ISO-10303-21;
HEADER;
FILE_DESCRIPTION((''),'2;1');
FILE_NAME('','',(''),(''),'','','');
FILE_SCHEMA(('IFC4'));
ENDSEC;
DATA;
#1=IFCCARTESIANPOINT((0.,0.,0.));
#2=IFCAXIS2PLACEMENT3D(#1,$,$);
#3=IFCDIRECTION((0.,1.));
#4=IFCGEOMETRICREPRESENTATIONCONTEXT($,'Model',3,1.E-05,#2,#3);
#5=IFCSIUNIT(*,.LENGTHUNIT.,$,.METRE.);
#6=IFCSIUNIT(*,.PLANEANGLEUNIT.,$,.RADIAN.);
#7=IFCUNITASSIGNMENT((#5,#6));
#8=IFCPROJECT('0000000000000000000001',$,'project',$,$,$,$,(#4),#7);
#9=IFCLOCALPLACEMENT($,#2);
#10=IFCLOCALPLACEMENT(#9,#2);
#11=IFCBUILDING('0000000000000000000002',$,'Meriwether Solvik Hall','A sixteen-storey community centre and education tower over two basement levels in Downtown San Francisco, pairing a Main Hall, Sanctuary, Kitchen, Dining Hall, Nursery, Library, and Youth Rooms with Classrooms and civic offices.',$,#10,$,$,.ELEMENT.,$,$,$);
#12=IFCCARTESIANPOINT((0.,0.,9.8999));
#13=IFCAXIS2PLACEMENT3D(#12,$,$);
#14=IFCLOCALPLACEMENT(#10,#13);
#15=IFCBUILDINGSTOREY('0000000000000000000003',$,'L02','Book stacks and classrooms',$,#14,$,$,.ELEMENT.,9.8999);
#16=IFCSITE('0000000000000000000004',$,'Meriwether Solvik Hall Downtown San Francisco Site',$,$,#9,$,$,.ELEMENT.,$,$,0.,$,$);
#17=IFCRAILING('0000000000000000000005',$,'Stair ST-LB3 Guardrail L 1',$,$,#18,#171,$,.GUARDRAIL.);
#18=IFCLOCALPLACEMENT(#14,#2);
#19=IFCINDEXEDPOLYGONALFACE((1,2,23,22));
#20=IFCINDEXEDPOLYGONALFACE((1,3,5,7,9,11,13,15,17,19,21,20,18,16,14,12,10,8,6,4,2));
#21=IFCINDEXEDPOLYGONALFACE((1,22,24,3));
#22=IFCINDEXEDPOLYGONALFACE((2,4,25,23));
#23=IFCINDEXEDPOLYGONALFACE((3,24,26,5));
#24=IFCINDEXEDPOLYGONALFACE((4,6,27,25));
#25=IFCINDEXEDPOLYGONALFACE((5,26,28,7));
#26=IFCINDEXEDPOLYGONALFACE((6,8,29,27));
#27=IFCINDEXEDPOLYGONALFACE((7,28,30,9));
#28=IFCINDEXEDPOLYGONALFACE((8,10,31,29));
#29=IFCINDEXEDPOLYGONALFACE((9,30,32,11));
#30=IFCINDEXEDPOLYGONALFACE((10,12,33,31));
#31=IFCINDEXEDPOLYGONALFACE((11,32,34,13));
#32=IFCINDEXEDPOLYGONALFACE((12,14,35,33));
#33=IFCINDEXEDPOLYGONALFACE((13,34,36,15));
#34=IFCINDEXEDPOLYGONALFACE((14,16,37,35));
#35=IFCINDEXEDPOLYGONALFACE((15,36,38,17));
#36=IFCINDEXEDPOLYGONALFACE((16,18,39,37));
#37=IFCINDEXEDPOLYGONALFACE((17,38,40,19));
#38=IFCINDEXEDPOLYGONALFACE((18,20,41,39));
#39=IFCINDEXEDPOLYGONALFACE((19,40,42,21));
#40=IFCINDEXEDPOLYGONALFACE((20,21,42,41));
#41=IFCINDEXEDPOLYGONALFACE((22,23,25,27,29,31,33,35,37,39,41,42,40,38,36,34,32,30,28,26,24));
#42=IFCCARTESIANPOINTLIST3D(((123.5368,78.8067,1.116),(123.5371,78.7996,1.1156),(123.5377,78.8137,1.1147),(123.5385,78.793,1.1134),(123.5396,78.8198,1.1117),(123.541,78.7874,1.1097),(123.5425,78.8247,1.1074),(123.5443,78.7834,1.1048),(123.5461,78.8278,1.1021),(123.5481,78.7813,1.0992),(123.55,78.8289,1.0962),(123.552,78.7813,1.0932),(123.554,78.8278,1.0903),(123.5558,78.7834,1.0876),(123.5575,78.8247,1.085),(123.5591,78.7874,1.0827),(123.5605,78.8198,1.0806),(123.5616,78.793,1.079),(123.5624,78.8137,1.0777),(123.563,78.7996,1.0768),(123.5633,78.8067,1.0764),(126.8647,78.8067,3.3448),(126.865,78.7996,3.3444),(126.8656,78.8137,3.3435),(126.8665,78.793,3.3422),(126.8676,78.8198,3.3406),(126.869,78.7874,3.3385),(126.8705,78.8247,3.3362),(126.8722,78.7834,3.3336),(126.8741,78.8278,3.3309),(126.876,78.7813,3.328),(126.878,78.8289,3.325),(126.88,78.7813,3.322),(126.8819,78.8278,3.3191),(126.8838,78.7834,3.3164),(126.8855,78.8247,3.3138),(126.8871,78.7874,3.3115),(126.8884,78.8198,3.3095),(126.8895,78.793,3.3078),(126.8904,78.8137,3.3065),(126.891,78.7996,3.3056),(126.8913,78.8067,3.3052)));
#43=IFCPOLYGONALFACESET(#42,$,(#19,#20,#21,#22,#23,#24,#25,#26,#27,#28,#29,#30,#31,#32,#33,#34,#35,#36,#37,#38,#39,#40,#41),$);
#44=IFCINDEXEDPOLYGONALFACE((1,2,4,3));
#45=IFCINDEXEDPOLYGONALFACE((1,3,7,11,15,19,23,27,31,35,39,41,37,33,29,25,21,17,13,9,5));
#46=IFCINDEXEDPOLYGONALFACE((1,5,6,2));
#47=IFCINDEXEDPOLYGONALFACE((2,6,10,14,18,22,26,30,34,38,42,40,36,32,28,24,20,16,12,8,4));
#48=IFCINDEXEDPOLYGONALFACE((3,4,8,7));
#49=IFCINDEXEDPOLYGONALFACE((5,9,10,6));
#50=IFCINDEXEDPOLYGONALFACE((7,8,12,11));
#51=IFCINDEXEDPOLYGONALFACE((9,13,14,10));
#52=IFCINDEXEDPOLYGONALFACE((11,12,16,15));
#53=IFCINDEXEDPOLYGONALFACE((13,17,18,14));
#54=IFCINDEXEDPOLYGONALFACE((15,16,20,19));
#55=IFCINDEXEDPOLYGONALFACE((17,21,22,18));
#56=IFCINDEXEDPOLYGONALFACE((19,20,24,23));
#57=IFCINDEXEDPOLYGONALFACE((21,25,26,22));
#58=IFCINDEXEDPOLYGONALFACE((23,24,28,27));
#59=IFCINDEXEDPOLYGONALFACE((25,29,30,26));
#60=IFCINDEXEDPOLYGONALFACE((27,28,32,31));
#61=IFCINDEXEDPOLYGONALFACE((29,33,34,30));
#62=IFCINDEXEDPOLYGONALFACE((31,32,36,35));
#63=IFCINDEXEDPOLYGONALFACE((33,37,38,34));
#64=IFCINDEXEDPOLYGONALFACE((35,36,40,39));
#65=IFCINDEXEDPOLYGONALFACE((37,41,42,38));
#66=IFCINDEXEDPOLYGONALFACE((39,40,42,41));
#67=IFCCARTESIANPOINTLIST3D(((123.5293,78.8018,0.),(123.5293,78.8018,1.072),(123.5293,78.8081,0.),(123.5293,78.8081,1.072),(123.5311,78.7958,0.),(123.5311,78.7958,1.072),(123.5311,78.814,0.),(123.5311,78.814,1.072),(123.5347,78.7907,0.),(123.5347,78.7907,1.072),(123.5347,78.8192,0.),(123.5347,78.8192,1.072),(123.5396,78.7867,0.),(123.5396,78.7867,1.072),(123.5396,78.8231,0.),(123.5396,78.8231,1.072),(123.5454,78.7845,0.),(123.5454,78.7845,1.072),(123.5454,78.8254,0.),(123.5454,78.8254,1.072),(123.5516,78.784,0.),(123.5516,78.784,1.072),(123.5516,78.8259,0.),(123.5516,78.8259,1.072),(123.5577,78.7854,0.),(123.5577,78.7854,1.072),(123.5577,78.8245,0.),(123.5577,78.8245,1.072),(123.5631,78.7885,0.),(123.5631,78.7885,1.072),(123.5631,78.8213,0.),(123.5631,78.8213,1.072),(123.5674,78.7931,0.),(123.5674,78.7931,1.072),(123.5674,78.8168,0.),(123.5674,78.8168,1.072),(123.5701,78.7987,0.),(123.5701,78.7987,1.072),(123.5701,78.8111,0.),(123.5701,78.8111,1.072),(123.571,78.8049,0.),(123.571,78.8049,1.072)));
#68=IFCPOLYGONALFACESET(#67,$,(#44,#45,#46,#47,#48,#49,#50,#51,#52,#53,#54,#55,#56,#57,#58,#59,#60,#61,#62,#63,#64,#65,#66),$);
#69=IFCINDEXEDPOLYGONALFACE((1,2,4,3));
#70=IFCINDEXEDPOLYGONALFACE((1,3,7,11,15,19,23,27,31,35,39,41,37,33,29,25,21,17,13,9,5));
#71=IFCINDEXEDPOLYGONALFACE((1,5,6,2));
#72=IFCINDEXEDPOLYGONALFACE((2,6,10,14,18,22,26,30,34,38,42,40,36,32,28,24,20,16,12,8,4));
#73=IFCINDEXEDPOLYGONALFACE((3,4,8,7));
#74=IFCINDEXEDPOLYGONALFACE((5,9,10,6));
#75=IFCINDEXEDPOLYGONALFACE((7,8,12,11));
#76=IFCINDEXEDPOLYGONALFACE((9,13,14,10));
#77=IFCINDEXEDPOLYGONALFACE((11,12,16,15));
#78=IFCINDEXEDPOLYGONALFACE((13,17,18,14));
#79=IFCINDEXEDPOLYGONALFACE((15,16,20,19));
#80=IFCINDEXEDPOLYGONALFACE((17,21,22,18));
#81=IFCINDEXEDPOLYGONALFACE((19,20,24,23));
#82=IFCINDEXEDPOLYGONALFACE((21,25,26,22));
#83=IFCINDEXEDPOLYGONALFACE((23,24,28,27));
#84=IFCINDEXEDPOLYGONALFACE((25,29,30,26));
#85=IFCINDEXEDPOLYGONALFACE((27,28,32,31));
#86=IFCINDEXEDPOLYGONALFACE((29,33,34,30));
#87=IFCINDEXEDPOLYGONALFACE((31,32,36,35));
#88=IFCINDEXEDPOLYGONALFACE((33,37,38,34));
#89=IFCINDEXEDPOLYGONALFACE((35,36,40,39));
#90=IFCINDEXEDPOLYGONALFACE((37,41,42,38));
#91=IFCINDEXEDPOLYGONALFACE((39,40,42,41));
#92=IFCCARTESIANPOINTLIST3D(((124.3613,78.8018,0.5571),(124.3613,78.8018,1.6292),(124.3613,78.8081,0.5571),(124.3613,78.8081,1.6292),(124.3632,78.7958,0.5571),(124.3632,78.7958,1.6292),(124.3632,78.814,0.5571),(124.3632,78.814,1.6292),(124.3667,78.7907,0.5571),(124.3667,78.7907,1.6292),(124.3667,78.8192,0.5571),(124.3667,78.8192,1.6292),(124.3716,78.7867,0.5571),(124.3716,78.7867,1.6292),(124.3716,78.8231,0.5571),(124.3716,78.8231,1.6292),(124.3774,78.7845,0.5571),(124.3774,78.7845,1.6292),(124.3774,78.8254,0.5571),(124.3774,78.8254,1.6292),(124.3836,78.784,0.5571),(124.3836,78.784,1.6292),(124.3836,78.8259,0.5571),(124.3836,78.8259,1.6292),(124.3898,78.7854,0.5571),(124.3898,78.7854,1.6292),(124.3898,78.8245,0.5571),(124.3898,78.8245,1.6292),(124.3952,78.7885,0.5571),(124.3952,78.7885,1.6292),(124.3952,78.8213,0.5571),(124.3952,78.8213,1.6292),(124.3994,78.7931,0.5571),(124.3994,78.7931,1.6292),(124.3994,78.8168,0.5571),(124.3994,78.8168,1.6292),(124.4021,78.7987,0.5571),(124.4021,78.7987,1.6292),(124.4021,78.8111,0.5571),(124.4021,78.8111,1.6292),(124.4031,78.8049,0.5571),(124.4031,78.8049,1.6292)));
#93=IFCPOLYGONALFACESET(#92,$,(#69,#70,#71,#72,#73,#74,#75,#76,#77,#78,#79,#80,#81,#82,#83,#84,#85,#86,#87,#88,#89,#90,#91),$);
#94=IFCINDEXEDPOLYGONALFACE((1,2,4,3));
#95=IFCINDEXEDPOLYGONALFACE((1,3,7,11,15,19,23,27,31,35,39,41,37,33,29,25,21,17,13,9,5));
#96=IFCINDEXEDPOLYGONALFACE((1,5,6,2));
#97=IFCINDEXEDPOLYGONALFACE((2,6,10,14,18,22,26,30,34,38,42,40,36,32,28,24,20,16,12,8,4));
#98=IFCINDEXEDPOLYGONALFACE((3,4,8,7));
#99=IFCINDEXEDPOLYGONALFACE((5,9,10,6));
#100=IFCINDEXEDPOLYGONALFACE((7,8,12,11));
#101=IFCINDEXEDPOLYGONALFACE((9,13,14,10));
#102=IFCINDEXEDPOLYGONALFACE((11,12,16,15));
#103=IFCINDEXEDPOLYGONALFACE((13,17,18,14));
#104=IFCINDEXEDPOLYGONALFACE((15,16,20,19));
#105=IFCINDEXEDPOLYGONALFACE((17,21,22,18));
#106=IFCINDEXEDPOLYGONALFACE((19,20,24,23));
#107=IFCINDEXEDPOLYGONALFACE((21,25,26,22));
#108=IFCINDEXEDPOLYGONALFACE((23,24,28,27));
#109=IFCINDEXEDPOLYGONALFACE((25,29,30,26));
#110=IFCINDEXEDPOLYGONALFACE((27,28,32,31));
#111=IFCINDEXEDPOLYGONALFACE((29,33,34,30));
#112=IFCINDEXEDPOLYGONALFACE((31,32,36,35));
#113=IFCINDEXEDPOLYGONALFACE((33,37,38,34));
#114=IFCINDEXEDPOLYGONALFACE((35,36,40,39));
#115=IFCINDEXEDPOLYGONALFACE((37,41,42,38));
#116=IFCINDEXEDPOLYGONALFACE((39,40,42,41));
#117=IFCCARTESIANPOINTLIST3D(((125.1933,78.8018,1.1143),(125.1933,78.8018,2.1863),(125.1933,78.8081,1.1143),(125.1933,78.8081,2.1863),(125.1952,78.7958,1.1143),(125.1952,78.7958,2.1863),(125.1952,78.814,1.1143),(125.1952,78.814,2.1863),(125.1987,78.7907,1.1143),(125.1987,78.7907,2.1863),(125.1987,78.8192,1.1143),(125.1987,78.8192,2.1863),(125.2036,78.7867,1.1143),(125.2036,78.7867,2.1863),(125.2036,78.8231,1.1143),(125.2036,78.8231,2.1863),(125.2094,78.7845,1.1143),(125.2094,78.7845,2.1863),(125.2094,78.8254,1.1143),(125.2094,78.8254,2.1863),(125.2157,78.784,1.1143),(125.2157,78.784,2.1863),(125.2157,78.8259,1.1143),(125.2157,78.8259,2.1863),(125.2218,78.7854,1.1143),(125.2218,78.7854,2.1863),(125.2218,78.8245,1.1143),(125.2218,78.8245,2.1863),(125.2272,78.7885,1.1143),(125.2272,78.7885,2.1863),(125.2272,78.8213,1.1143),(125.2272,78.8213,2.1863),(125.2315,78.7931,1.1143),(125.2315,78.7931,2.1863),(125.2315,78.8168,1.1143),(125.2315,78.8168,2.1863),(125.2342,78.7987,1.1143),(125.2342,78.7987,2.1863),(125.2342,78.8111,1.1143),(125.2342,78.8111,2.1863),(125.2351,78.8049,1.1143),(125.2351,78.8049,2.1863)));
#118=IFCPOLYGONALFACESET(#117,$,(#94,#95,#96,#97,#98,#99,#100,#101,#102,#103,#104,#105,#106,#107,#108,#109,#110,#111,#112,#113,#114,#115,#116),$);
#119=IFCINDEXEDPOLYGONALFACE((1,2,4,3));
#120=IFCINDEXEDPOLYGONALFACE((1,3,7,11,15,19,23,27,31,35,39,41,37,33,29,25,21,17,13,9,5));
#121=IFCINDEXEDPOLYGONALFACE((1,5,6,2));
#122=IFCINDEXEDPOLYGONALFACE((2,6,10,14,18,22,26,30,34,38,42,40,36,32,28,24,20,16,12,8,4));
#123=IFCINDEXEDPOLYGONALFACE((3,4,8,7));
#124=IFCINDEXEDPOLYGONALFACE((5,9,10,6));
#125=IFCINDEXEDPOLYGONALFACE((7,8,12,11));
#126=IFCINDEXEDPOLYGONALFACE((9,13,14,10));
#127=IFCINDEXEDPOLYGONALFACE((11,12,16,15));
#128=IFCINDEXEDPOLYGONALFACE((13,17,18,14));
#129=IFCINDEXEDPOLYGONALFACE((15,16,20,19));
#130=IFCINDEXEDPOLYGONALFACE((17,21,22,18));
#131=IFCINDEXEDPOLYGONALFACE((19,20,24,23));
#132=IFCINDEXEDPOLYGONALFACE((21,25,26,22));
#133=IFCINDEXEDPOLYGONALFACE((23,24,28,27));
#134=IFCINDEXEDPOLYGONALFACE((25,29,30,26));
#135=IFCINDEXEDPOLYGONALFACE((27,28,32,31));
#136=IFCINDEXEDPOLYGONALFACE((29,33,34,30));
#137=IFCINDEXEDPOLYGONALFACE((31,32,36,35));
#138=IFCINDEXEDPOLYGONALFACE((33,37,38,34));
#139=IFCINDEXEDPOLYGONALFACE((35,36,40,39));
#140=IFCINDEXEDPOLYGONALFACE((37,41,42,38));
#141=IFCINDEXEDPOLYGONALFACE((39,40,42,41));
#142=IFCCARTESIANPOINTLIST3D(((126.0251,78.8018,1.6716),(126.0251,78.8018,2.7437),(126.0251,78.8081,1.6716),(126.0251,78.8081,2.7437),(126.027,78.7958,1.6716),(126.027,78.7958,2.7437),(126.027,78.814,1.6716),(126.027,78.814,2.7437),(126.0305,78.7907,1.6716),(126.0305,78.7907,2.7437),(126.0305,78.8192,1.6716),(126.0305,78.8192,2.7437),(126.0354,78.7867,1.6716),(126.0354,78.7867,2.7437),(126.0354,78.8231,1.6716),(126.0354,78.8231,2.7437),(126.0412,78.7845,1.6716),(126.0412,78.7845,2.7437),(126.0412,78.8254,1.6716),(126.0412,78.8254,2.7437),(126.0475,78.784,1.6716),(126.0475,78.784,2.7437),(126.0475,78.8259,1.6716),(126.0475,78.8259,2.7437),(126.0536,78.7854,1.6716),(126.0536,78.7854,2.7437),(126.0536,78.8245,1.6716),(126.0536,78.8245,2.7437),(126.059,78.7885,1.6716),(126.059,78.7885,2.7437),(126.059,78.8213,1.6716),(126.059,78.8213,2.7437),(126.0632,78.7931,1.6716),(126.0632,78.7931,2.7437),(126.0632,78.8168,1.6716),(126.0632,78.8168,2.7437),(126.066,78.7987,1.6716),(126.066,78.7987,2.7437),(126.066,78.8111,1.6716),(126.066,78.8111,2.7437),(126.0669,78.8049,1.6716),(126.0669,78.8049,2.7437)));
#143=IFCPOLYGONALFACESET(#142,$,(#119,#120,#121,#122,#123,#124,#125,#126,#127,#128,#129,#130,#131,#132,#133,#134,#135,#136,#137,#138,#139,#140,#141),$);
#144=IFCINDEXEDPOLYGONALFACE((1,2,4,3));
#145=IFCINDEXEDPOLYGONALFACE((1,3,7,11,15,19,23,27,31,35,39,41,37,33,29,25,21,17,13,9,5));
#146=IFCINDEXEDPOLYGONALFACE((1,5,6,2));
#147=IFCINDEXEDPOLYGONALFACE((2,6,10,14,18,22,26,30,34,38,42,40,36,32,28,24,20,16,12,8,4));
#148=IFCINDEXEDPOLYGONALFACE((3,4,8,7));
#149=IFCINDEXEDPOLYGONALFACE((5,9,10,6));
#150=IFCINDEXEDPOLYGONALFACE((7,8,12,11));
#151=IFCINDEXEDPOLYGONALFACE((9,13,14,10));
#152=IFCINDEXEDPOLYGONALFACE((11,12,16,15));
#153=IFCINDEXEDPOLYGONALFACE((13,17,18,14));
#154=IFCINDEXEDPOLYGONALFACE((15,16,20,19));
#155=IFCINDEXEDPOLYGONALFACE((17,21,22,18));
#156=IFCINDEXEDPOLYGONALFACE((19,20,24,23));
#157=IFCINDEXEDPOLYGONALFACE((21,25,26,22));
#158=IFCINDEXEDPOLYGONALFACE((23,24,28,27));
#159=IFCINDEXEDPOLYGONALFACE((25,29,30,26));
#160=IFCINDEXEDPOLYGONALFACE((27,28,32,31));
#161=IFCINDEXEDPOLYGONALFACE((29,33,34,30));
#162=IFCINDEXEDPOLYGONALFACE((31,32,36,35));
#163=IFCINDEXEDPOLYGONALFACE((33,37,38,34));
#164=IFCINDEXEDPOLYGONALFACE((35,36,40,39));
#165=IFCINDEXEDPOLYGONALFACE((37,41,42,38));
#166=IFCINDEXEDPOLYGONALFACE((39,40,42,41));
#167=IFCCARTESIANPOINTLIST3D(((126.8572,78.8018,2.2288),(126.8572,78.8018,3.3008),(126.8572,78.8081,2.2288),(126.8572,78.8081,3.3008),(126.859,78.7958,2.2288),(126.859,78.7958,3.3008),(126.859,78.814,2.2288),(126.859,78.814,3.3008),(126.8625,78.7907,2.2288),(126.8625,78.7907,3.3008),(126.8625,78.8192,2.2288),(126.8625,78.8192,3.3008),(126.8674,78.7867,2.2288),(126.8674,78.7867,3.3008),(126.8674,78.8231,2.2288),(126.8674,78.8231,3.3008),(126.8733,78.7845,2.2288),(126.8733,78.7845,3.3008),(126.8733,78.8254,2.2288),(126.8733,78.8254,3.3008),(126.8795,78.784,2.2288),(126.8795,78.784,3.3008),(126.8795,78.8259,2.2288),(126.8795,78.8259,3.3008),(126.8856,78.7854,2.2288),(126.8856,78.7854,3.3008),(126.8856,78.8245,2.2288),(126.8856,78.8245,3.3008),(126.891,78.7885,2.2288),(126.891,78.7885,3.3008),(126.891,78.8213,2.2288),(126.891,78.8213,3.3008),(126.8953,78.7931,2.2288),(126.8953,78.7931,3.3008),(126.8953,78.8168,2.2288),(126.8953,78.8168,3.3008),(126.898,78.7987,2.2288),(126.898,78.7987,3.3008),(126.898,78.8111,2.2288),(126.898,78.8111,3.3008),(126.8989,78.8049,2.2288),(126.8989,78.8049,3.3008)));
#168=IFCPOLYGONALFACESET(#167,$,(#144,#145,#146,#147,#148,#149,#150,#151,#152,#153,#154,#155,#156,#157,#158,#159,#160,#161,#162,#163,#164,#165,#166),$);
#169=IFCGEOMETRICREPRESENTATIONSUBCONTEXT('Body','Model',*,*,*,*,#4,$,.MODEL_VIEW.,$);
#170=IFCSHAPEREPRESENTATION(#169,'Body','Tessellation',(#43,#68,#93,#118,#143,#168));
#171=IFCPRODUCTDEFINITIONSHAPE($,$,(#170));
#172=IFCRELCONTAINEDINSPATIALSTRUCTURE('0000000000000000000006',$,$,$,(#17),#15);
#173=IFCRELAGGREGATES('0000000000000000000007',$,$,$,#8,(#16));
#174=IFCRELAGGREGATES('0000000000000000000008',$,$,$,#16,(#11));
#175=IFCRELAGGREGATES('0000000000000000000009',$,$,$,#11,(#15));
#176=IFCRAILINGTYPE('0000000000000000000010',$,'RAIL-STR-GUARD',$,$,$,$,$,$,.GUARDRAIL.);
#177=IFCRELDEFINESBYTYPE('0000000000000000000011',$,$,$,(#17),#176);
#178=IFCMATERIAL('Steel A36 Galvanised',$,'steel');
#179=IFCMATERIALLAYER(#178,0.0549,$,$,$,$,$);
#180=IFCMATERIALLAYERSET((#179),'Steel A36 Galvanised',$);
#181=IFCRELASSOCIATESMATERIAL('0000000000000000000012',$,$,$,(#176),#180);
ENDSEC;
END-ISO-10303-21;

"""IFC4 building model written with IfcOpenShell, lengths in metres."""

from ifc_helpers import new_model, si_unit, direction, frame, origin, origin_2d, place, context, subcontext, project, spatial, circle, extrude, material, layer, layer_set, type_object, element, save


model = new_model("IFC4")

# Units and contexts
model_context = context("Model", 3, precision=1e-05, world=origin(), true_north=direction((0.0, 1.0)))
body_context = subcontext(model_context, "Body", "Model", "MODEL_VIEW")
ifc_project = project(units=[si_unit("LENGTHUNIT", "METRE"), si_unit("PLANEANGLEUNIT", "RADIAN")], contexts=[model_context])

# Site, building, storey
site_placement = place(None, origin())
site = spatial("IfcSite", under=ifc_project, at=site_placement, Name="Meriwether Solvik Hall Downtown San Francisco Site", CompositionType="ELEMENT", RefElevation=0.0)
building_placement = place(site_placement, origin())
building = spatial("IfcBuilding", under=site, at=building_placement, Name="Meriwether Solvik Hall", Description="A sixteen-storey community centre and education tower over two basement levels in Downtown San Francisco, pairing a Main Hall, Sanctuary, Kitchen, Dining Hall, Nursery, Library, and Youth Rooms with Classrooms and civic offices.", CompositionType="ELEMENT")
storey_placement = place(building_placement, frame((0.0, 0.0, 9.8999)))
storey = spatial("IfcBuildingStorey", under=building, at=storey_placement, Name="L02", Description="Book stacks and classrooms", CompositionType="ELEMENT", Elevation=9.8999)

# Railing
ifc_material_1 = material(Name="Steel A36 Galvanised", Category="steel")
ifc_layer_1 = layer(ifc_material_1, 0.0549)
ifc_layer_set_1 = layer_set([ifc_layer_1], Name="Steel A36 Galvanised")
railing_type_1 = type_object("IfcRailingType", Name="RAIL-STR-GUARD", PredefinedType="GUARDRAIL", material=ifc_layer_set_1)
railing_1_placement = place(storey_placement, frame((123.55, 78.8049, 0.0)))
element("IfcRailing", 1, at=railing_1_placement, inside=storey, type_object=railing_type_1, Name="Stair ST-LB3 Guardrail L 1", PredefinedType="GUARDRAIL", context=body_context, shape_type="SweptSolid", body=[
    extrude(circle(Radius=0.0239, at=origin_2d()), frame((0.0, 0.0, 1.0962), z_axis=(0.830876, 0.0, 0.556457), x_axis=(0.0, 1.0, 0.0)), (0.0, 0.0, 1.0), 4.0054),
    extrude(circle(Radius=0.021, at=origin_2d()), origin(), (0.0, 0.0, 1.0), 1.072),
    extrude(circle(Radius=0.021, at=origin_2d()), frame((0.832, 0.0, 0.5571)), (0.0, 0.0, 1.0), 1.072),
    extrude(circle(Radius=0.021, at=origin_2d()), frame((1.6641, 0.0, 1.1143)), (0.0, 0.0, 1.0), 1.072),
    extrude(circle(Radius=0.021, at=origin_2d()), frame((2.4958, 0.0, 1.6716)), (0.0, 0.0, 1.0), 1.072),
    extrude(circle(Radius=0.021, at=origin_2d()), frame((3.3279, 0.0, 2.2288)), (0.0, 0.0, 1.0), 1.072),
])

save(model, "model.ifc")
